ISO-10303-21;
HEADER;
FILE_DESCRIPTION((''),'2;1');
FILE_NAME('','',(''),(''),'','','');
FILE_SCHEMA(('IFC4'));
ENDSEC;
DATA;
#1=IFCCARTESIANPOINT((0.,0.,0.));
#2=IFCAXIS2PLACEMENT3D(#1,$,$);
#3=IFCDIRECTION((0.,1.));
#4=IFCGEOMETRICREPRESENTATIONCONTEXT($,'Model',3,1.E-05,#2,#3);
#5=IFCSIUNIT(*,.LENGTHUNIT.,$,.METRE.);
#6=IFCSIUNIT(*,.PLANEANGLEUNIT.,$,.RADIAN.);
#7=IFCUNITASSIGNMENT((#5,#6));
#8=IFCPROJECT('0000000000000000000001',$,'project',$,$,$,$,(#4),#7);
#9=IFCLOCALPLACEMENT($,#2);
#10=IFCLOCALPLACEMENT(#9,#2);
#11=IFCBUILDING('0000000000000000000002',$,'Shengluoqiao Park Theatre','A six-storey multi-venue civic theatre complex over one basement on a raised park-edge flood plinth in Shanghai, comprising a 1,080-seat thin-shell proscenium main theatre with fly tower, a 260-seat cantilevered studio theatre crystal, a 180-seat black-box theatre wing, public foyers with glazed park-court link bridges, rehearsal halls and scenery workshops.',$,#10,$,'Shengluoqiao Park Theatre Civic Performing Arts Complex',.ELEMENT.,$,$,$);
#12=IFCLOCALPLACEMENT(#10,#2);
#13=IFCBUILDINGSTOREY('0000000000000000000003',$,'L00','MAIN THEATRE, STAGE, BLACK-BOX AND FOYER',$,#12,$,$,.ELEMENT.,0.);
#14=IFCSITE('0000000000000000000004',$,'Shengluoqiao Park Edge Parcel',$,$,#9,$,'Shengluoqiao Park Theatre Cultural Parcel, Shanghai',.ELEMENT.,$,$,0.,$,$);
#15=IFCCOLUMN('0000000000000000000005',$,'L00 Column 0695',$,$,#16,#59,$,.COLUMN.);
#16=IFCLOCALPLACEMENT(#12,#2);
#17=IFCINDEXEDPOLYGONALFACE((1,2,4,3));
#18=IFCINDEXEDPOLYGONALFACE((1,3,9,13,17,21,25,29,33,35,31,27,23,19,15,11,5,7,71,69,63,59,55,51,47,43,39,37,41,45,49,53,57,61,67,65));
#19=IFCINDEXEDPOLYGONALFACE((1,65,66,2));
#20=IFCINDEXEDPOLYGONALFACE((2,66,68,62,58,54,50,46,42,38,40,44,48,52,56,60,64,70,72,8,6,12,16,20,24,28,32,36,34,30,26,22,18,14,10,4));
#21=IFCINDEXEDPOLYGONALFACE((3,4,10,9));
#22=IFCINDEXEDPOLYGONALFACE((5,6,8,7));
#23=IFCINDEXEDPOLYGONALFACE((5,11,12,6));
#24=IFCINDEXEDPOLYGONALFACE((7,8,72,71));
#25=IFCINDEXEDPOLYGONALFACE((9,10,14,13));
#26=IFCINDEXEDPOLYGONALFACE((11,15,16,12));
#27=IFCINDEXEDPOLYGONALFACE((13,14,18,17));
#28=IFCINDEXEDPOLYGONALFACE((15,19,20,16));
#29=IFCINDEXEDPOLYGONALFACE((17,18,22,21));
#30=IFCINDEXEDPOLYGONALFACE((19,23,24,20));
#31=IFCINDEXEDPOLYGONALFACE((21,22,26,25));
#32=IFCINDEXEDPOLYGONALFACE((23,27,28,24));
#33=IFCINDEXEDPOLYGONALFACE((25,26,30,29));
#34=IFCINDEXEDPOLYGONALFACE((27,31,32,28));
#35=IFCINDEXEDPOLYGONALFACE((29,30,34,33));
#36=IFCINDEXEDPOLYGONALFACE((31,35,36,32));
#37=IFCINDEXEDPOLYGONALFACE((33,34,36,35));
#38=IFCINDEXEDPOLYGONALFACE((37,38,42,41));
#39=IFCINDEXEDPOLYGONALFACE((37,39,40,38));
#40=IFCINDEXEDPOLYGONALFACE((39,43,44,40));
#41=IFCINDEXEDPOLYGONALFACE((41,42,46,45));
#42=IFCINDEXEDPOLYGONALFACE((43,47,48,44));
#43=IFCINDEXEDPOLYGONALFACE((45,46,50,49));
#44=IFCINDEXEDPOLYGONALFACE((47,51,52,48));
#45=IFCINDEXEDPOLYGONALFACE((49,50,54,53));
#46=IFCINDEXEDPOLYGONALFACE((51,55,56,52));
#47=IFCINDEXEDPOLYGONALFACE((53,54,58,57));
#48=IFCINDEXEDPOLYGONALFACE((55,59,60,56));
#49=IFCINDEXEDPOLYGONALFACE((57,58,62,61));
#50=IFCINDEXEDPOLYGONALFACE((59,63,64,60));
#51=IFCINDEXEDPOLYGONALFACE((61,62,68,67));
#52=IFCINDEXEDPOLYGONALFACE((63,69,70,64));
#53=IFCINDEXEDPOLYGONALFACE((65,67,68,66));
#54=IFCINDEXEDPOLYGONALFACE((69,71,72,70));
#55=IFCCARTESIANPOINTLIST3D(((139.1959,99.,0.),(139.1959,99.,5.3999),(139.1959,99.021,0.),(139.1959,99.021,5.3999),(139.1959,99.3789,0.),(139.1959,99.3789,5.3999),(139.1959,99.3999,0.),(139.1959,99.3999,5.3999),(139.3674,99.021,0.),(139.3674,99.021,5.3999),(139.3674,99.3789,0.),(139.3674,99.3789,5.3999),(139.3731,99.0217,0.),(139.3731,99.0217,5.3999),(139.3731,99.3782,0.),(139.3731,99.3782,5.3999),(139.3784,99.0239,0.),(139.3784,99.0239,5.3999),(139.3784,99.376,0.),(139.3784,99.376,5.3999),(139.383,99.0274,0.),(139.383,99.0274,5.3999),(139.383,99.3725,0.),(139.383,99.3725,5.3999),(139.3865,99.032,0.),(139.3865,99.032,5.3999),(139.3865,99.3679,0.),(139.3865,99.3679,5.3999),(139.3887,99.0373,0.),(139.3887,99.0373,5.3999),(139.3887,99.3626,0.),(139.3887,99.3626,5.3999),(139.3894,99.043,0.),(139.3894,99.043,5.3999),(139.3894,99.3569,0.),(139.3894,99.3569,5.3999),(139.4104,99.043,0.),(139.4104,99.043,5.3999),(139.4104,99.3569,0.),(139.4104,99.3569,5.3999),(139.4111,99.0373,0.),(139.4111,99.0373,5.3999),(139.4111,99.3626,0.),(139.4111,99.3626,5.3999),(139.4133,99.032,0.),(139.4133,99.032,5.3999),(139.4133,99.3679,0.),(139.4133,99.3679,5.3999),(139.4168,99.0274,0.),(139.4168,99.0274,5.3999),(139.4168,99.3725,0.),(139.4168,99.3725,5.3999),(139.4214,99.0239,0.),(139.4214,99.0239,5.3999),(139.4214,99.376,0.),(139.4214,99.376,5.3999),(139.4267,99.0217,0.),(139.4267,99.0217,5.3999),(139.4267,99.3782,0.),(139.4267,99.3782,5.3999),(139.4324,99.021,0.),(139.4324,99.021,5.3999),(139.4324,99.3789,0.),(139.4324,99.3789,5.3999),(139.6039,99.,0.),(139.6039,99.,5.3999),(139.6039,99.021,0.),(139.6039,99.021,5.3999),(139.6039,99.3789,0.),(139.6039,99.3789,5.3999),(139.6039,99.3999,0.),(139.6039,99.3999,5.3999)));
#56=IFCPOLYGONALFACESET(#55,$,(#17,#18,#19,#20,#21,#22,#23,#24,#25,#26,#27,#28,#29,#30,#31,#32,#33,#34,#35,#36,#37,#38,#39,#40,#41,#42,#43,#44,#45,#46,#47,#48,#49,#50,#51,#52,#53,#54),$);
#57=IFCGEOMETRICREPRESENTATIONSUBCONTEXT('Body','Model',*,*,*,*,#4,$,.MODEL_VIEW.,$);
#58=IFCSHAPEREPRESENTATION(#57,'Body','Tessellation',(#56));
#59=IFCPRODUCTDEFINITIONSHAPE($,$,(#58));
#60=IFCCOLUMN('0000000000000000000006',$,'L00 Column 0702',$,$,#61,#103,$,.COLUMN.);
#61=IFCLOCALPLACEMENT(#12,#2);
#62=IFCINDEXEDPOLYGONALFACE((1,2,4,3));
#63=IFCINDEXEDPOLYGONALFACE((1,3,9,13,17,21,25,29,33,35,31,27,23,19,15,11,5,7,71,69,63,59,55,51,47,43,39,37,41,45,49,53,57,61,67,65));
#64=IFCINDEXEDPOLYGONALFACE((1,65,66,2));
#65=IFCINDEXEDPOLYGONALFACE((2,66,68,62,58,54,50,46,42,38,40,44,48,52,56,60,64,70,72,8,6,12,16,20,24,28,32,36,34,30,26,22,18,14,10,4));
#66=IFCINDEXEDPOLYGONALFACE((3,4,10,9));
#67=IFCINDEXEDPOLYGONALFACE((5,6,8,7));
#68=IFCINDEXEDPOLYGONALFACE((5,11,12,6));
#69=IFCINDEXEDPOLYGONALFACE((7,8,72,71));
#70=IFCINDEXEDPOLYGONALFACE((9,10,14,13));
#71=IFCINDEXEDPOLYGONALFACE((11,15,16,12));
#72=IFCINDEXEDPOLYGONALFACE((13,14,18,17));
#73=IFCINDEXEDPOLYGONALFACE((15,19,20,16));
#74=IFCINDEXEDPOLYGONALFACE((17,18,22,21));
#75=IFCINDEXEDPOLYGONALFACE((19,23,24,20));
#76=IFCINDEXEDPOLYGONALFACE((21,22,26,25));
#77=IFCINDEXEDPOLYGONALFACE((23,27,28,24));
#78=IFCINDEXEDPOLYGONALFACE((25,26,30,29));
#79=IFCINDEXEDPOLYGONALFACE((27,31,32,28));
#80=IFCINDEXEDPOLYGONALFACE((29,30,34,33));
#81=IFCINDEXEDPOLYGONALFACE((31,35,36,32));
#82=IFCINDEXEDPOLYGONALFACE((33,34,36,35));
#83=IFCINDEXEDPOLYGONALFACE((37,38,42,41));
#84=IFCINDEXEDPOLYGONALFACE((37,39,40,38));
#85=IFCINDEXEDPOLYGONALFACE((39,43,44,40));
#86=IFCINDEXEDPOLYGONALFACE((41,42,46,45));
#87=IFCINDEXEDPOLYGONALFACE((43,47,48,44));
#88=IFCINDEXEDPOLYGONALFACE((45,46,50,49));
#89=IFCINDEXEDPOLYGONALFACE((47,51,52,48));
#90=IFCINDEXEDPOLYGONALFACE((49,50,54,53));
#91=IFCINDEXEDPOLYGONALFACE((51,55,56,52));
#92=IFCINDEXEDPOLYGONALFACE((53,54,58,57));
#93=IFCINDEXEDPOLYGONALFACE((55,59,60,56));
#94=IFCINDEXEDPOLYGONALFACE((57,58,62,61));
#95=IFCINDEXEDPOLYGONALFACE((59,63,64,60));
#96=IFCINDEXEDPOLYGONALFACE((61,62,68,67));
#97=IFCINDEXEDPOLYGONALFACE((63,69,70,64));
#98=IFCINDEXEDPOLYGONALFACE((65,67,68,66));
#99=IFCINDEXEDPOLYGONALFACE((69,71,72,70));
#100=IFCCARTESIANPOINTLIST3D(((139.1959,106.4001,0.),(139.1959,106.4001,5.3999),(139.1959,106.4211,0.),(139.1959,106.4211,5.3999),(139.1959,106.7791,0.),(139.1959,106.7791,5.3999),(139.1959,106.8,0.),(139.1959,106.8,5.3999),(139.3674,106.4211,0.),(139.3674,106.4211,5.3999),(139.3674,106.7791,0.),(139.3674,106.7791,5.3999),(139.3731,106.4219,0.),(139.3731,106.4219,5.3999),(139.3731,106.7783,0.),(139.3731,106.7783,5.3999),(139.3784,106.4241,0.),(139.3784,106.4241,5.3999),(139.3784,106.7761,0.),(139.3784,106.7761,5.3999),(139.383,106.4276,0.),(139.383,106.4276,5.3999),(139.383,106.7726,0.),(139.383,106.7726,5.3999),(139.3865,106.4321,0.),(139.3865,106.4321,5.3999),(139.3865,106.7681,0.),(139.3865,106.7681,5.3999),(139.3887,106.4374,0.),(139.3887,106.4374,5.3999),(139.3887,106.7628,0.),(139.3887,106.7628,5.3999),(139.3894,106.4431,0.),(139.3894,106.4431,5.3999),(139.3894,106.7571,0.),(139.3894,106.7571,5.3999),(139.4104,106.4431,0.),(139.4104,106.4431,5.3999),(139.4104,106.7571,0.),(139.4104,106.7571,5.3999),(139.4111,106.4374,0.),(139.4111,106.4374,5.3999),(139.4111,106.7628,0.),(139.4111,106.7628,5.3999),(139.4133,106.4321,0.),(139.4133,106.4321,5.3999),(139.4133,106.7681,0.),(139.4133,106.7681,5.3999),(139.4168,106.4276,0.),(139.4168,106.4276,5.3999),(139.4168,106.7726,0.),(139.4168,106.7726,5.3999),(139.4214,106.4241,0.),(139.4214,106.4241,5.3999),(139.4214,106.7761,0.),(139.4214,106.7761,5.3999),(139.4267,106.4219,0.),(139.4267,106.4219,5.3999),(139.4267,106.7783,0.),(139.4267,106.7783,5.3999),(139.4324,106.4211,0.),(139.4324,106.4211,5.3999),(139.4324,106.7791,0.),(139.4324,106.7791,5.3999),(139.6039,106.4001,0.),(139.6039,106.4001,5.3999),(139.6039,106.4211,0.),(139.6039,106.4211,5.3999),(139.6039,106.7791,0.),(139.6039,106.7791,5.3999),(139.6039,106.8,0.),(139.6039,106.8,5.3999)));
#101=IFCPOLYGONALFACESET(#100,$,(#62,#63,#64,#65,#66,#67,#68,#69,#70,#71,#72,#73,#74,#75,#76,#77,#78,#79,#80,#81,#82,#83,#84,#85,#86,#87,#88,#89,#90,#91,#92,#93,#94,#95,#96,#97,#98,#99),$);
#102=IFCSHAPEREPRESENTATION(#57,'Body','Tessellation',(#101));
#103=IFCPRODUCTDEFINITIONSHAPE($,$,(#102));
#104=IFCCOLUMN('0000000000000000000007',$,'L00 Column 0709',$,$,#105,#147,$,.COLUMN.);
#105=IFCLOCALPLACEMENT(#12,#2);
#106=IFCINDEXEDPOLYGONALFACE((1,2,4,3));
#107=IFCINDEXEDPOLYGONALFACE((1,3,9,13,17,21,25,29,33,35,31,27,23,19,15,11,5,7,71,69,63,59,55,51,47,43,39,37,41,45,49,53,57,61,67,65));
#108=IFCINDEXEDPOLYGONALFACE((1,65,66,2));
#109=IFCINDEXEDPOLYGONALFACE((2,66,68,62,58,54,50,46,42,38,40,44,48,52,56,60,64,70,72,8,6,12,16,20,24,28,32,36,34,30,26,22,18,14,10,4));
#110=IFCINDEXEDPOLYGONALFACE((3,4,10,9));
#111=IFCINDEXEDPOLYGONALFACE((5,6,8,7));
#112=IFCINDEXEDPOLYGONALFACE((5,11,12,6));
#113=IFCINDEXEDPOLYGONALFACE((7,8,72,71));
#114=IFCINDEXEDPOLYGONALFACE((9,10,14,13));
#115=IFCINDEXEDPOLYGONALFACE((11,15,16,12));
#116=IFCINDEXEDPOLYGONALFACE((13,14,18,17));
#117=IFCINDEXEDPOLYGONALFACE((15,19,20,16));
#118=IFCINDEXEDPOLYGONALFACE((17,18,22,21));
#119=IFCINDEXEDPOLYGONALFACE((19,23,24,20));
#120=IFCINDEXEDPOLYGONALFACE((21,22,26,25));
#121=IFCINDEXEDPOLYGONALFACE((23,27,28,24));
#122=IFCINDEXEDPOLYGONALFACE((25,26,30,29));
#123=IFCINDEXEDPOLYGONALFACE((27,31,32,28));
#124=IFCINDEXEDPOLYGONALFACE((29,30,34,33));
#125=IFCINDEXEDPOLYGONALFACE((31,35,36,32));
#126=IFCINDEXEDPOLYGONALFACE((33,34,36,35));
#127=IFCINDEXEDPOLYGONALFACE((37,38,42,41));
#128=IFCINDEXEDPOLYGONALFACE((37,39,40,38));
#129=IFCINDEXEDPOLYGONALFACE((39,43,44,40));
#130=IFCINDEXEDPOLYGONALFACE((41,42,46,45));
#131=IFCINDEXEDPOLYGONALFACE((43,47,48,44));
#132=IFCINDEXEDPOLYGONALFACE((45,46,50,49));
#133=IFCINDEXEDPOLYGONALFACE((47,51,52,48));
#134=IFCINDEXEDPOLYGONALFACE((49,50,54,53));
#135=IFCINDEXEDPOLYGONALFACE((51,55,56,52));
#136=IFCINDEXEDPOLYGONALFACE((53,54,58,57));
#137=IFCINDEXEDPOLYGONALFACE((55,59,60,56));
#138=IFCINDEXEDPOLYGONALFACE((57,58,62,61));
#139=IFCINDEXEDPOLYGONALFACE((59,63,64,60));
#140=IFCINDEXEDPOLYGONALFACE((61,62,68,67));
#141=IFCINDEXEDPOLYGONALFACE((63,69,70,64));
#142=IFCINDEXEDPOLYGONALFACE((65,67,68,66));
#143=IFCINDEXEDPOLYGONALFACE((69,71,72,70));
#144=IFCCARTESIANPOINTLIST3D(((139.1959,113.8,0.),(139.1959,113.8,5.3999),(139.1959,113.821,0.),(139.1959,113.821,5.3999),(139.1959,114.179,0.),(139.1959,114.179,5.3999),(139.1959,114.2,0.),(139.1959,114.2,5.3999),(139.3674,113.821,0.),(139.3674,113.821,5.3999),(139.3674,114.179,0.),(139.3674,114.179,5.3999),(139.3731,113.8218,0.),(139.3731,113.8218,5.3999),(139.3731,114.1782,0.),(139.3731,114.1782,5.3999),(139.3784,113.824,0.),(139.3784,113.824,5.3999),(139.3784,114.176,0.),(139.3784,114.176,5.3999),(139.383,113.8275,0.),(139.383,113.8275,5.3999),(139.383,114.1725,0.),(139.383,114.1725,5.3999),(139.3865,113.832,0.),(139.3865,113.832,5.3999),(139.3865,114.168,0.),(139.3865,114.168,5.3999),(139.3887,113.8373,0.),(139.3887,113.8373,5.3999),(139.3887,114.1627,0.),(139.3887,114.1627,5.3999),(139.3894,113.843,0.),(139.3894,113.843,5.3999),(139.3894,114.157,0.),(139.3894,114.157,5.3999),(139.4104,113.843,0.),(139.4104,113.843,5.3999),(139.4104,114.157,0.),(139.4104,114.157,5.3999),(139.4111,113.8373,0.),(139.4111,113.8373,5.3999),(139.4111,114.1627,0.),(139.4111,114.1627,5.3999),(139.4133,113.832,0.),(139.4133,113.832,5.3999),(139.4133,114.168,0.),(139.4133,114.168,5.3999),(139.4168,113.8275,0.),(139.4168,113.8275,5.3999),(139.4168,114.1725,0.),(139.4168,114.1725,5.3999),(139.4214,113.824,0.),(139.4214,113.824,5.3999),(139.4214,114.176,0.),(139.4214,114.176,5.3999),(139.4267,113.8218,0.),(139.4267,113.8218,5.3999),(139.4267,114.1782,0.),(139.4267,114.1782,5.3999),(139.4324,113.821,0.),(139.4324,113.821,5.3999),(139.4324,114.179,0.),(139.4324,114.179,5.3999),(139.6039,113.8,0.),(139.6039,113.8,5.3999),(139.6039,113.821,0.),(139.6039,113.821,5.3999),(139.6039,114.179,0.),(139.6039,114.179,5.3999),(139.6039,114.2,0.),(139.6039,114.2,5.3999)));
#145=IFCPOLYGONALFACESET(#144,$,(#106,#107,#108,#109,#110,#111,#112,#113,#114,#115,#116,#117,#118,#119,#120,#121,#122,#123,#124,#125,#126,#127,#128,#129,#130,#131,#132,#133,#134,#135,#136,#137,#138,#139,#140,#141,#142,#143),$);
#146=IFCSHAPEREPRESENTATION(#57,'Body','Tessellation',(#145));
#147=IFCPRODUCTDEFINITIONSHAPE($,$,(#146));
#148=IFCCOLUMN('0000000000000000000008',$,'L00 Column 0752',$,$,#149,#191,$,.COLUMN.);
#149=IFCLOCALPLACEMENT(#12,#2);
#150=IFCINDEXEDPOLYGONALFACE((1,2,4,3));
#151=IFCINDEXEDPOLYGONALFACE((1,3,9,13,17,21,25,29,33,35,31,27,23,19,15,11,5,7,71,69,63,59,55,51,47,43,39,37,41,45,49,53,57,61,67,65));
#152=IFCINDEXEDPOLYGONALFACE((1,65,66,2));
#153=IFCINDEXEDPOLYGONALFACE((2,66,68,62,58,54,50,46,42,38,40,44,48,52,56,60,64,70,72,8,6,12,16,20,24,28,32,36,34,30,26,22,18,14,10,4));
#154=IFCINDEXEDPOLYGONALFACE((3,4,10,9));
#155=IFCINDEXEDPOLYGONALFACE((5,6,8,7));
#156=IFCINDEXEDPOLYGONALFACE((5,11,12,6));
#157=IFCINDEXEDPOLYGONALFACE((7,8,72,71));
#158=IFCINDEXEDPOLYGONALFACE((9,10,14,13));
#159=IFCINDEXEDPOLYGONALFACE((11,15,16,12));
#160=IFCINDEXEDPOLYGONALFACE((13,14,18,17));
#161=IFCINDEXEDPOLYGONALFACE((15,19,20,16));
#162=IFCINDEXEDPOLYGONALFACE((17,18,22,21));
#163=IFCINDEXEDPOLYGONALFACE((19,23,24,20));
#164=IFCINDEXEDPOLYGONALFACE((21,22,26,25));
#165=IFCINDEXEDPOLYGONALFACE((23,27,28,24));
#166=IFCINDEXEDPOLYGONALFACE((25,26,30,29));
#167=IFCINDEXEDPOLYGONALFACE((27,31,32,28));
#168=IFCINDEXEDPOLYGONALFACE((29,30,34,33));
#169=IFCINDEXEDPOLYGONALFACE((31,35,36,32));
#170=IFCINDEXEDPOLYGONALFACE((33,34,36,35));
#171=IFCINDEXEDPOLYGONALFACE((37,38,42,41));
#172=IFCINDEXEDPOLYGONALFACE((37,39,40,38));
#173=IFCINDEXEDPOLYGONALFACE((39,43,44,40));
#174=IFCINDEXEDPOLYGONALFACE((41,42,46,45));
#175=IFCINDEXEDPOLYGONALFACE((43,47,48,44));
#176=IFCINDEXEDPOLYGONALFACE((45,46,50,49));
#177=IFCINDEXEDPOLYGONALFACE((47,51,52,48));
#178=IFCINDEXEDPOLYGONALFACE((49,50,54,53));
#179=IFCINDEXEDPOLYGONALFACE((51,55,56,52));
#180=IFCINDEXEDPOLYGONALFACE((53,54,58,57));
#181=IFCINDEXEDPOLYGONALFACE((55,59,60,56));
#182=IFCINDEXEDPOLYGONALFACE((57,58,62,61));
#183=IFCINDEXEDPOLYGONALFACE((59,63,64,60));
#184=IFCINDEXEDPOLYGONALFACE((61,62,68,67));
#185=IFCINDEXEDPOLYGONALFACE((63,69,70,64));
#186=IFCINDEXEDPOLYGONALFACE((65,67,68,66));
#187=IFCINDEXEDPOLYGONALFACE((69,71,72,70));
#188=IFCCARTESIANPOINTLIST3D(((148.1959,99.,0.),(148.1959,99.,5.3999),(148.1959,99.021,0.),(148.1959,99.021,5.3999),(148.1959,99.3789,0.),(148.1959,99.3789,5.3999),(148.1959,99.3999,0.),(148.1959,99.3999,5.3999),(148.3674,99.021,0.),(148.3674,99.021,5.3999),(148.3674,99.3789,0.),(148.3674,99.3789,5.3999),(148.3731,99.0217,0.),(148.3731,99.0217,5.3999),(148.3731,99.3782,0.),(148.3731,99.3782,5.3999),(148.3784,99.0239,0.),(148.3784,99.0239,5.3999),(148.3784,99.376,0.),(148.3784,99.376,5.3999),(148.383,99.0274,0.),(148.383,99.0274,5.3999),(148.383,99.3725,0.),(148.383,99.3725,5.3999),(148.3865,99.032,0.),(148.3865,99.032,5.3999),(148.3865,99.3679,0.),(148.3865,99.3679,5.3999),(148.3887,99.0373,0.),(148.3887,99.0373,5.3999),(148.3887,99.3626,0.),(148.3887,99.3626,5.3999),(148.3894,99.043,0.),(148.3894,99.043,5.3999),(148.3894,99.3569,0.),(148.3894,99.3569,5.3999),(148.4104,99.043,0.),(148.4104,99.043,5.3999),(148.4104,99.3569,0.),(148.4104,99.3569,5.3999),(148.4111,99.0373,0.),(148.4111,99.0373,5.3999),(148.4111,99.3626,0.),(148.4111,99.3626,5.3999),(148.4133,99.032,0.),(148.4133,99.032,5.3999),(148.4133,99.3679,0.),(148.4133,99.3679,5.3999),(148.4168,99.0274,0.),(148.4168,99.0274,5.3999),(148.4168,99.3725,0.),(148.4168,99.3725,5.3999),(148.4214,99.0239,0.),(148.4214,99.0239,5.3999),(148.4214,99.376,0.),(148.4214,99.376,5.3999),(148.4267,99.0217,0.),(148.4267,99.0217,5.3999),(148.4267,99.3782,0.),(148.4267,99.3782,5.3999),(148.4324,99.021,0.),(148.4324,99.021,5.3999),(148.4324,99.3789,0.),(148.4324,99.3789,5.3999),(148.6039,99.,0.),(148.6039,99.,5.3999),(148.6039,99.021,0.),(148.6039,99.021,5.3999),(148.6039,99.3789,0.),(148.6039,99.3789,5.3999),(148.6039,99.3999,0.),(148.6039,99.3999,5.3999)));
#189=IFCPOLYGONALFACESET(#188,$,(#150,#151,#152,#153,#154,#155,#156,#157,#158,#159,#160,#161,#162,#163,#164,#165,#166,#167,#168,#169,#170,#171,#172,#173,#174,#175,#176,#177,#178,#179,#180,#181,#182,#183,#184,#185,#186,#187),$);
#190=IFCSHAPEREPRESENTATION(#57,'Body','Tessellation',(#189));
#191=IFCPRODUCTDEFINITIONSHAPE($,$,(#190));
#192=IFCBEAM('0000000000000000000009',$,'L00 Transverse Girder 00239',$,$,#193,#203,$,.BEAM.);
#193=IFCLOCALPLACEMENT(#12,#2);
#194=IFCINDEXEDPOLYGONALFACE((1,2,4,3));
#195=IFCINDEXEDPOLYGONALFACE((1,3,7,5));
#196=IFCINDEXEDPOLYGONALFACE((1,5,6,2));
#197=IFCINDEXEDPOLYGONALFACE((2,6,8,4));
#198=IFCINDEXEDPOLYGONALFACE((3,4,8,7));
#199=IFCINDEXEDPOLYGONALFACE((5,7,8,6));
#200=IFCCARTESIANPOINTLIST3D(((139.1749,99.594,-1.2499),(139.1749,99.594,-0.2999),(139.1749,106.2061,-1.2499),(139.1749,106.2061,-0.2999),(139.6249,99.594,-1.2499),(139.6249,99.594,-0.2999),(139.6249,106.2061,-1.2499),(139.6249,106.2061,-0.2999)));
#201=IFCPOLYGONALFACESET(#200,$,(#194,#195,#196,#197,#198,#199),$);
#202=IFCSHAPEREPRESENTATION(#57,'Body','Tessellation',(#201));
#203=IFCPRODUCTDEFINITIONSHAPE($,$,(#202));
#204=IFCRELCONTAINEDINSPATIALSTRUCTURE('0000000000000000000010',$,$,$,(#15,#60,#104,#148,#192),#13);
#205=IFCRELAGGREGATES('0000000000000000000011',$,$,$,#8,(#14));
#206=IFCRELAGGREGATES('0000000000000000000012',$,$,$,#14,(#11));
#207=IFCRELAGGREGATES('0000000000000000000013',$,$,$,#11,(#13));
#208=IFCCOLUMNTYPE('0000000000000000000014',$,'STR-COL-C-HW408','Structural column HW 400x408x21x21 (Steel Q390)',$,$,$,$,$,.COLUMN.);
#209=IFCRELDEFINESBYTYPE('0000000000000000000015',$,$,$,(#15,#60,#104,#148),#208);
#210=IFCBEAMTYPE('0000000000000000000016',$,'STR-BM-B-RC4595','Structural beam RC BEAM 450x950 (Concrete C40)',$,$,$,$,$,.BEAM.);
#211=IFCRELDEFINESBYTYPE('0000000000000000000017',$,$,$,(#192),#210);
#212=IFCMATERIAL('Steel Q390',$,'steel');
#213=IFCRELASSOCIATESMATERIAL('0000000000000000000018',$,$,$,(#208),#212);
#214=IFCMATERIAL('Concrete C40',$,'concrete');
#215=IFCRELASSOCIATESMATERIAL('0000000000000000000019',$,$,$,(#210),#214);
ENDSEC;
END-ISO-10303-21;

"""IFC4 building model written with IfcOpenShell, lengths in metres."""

from ifc_helpers import new_model, si_unit, direction, frame, origin, origin_2d, place, context, subcontext, project, spatial, rectangle, i_section, extrude, material, material_profile, profile_set, type_object, element, save


model = new_model("IFC4")

# Units and contexts
model_context = context("Model", 3, precision=1e-05, world=origin(), true_north=direction((0.0, 1.0)))
body_context = subcontext(model_context, "Body", "Model", "MODEL_VIEW")
ifc_project = project(units=[si_unit("LENGTHUNIT", "METRE"), si_unit("PLANEANGLEUNIT", "RADIAN")], contexts=[model_context])

# Site, building, storey
site_placement = place(None, origin())
site = spatial("IfcSite", under=ifc_project, at=site_placement, Name="Shengluoqiao Park Edge Parcel", LongName="Shengluoqiao Park Theatre Cultural Parcel, Shanghai", CompositionType="ELEMENT", RefElevation=0.0)
building_placement = place(site_placement, origin())
building = spatial("IfcBuilding", under=site, at=building_placement, Name="Shengluoqiao Park Theatre", Description="A six-storey multi-venue civic theatre complex over one basement on a raised park-edge flood plinth in Shanghai, comprising a 1,080-seat thin-shell proscenium main theatre with fly tower, a 260-seat cantilevered studio theatre crystal, a 180-seat black-box theatre wing, public foyers with glazed park-court link bridges, rehearsal halls and scenery workshops.", LongName="Shengluoqiao Park Theatre Civic Performing Arts Complex", CompositionType="ELEMENT")
storey_placement = place(building_placement, origin())
storey = spatial("IfcBuildingStorey", under=building, at=storey_placement, Name="L00", Description="MAIN THEATRE, STAGE, BLACK-BOX AND FOYER", CompositionType="ELEMENT", Elevation=0.0)

# Columns
ifc_material_1 = material(Name="Steel Q390", Category="steel")
ifc_material_profile_1 = material_profile(ifc_material_1, i_section(OverallWidth=0.408, OverallDepth=0.3999, WebThickness=0.021, FlangeThickness=0.021, FilletRadius=0.022, at=origin_2d()), Name="HW 400x408x21x21")
ifc_profile_set_1 = profile_set([ifc_material_profile_1], Name="Steel Q390")
column_type = type_object("IfcColumnType", Name="STR-COL-C-HW408", Description="Structural column HW 400x408x21x21 (Steel Q390)", PredefinedType="COLUMN", material=ifc_profile_set_1)
for number, where, z_axis, x_axis, name in (
    (1, (139.3999, 99.2, 0.0), (0.0, 0.0, 1.0), (1.0, 0.0, 0.0), "L00 Column 0695"),
    (2, (139.3999, 106.6001, 0.0), (0.0, 0.0, 1.0), (1.0, 0.0, 0.0), "L00 Column 0702"),
    (3, (139.3999, 114.0, 0.0), (0.0, 0.0, 1.0), (1.0, 0.0, 0.0), "L00 Column 0709"),
    (4, (148.3999, 99.2, 0.0), (0.0, 0.0, 1.0), (1.0, 0.0, 0.0), "L00 Column 0752"),
):
    element("IfcColumn", number, at=place(storey_placement, frame(where, z_axis=z_axis, x_axis=x_axis)), inside=storey, type_object=column_type, Name=name, PredefinedType="COLUMN", context=body_context, shape_type="SweptSolid", body=[
        extrude(i_section(OverallWidth=0.408, OverallDepth=0.3999, WebThickness=0.021, FlangeThickness=0.021, FilletRadius=0.022, at=origin_2d()), origin(), (0.0, 0.0, 1.0), 5.3999),
    ])

# Beam
ifc_material_2 = material(Name="Concrete C40", Category="concrete")
ifc_material_profile_2 = material_profile(ifc_material_2, rectangle(XDim=0.45, YDim=0.95, at=origin_2d()), Name="RC BEAM 450x950")
ifc_profile_set_2 = profile_set([ifc_material_profile_2], Name="Concrete C40")
beam_type_1 = type_object("IfcBeamType", Name="STR-BM-B-RC4595", Description="Structural beam RC BEAM 450x950 (Concrete C40)", PredefinedType="BEAM", material=ifc_profile_set_2)
for number, where, z_axis, x_axis, name in (
    (5, (139.3999, 99.594, -0.7749), (0.0, 1.0, 0.0), (-1.0, 0.0, 0.0), "L00 Transverse Girder 00239"),
):
    element("IfcBeam", number, at=place(storey_placement, frame(where, z_axis=z_axis, x_axis=x_axis)), inside=storey, type_object=beam_type_1, Name=name, PredefinedType="BEAM", context=body_context, shape_type="SweptSolid", body=[
        extrude(rectangle(XDim=0.45, YDim=0.95, at=origin_2d()), origin(), (0.0, 0.0, 1.0), 6.6121),
    ])

save(model, "model.ifc")
